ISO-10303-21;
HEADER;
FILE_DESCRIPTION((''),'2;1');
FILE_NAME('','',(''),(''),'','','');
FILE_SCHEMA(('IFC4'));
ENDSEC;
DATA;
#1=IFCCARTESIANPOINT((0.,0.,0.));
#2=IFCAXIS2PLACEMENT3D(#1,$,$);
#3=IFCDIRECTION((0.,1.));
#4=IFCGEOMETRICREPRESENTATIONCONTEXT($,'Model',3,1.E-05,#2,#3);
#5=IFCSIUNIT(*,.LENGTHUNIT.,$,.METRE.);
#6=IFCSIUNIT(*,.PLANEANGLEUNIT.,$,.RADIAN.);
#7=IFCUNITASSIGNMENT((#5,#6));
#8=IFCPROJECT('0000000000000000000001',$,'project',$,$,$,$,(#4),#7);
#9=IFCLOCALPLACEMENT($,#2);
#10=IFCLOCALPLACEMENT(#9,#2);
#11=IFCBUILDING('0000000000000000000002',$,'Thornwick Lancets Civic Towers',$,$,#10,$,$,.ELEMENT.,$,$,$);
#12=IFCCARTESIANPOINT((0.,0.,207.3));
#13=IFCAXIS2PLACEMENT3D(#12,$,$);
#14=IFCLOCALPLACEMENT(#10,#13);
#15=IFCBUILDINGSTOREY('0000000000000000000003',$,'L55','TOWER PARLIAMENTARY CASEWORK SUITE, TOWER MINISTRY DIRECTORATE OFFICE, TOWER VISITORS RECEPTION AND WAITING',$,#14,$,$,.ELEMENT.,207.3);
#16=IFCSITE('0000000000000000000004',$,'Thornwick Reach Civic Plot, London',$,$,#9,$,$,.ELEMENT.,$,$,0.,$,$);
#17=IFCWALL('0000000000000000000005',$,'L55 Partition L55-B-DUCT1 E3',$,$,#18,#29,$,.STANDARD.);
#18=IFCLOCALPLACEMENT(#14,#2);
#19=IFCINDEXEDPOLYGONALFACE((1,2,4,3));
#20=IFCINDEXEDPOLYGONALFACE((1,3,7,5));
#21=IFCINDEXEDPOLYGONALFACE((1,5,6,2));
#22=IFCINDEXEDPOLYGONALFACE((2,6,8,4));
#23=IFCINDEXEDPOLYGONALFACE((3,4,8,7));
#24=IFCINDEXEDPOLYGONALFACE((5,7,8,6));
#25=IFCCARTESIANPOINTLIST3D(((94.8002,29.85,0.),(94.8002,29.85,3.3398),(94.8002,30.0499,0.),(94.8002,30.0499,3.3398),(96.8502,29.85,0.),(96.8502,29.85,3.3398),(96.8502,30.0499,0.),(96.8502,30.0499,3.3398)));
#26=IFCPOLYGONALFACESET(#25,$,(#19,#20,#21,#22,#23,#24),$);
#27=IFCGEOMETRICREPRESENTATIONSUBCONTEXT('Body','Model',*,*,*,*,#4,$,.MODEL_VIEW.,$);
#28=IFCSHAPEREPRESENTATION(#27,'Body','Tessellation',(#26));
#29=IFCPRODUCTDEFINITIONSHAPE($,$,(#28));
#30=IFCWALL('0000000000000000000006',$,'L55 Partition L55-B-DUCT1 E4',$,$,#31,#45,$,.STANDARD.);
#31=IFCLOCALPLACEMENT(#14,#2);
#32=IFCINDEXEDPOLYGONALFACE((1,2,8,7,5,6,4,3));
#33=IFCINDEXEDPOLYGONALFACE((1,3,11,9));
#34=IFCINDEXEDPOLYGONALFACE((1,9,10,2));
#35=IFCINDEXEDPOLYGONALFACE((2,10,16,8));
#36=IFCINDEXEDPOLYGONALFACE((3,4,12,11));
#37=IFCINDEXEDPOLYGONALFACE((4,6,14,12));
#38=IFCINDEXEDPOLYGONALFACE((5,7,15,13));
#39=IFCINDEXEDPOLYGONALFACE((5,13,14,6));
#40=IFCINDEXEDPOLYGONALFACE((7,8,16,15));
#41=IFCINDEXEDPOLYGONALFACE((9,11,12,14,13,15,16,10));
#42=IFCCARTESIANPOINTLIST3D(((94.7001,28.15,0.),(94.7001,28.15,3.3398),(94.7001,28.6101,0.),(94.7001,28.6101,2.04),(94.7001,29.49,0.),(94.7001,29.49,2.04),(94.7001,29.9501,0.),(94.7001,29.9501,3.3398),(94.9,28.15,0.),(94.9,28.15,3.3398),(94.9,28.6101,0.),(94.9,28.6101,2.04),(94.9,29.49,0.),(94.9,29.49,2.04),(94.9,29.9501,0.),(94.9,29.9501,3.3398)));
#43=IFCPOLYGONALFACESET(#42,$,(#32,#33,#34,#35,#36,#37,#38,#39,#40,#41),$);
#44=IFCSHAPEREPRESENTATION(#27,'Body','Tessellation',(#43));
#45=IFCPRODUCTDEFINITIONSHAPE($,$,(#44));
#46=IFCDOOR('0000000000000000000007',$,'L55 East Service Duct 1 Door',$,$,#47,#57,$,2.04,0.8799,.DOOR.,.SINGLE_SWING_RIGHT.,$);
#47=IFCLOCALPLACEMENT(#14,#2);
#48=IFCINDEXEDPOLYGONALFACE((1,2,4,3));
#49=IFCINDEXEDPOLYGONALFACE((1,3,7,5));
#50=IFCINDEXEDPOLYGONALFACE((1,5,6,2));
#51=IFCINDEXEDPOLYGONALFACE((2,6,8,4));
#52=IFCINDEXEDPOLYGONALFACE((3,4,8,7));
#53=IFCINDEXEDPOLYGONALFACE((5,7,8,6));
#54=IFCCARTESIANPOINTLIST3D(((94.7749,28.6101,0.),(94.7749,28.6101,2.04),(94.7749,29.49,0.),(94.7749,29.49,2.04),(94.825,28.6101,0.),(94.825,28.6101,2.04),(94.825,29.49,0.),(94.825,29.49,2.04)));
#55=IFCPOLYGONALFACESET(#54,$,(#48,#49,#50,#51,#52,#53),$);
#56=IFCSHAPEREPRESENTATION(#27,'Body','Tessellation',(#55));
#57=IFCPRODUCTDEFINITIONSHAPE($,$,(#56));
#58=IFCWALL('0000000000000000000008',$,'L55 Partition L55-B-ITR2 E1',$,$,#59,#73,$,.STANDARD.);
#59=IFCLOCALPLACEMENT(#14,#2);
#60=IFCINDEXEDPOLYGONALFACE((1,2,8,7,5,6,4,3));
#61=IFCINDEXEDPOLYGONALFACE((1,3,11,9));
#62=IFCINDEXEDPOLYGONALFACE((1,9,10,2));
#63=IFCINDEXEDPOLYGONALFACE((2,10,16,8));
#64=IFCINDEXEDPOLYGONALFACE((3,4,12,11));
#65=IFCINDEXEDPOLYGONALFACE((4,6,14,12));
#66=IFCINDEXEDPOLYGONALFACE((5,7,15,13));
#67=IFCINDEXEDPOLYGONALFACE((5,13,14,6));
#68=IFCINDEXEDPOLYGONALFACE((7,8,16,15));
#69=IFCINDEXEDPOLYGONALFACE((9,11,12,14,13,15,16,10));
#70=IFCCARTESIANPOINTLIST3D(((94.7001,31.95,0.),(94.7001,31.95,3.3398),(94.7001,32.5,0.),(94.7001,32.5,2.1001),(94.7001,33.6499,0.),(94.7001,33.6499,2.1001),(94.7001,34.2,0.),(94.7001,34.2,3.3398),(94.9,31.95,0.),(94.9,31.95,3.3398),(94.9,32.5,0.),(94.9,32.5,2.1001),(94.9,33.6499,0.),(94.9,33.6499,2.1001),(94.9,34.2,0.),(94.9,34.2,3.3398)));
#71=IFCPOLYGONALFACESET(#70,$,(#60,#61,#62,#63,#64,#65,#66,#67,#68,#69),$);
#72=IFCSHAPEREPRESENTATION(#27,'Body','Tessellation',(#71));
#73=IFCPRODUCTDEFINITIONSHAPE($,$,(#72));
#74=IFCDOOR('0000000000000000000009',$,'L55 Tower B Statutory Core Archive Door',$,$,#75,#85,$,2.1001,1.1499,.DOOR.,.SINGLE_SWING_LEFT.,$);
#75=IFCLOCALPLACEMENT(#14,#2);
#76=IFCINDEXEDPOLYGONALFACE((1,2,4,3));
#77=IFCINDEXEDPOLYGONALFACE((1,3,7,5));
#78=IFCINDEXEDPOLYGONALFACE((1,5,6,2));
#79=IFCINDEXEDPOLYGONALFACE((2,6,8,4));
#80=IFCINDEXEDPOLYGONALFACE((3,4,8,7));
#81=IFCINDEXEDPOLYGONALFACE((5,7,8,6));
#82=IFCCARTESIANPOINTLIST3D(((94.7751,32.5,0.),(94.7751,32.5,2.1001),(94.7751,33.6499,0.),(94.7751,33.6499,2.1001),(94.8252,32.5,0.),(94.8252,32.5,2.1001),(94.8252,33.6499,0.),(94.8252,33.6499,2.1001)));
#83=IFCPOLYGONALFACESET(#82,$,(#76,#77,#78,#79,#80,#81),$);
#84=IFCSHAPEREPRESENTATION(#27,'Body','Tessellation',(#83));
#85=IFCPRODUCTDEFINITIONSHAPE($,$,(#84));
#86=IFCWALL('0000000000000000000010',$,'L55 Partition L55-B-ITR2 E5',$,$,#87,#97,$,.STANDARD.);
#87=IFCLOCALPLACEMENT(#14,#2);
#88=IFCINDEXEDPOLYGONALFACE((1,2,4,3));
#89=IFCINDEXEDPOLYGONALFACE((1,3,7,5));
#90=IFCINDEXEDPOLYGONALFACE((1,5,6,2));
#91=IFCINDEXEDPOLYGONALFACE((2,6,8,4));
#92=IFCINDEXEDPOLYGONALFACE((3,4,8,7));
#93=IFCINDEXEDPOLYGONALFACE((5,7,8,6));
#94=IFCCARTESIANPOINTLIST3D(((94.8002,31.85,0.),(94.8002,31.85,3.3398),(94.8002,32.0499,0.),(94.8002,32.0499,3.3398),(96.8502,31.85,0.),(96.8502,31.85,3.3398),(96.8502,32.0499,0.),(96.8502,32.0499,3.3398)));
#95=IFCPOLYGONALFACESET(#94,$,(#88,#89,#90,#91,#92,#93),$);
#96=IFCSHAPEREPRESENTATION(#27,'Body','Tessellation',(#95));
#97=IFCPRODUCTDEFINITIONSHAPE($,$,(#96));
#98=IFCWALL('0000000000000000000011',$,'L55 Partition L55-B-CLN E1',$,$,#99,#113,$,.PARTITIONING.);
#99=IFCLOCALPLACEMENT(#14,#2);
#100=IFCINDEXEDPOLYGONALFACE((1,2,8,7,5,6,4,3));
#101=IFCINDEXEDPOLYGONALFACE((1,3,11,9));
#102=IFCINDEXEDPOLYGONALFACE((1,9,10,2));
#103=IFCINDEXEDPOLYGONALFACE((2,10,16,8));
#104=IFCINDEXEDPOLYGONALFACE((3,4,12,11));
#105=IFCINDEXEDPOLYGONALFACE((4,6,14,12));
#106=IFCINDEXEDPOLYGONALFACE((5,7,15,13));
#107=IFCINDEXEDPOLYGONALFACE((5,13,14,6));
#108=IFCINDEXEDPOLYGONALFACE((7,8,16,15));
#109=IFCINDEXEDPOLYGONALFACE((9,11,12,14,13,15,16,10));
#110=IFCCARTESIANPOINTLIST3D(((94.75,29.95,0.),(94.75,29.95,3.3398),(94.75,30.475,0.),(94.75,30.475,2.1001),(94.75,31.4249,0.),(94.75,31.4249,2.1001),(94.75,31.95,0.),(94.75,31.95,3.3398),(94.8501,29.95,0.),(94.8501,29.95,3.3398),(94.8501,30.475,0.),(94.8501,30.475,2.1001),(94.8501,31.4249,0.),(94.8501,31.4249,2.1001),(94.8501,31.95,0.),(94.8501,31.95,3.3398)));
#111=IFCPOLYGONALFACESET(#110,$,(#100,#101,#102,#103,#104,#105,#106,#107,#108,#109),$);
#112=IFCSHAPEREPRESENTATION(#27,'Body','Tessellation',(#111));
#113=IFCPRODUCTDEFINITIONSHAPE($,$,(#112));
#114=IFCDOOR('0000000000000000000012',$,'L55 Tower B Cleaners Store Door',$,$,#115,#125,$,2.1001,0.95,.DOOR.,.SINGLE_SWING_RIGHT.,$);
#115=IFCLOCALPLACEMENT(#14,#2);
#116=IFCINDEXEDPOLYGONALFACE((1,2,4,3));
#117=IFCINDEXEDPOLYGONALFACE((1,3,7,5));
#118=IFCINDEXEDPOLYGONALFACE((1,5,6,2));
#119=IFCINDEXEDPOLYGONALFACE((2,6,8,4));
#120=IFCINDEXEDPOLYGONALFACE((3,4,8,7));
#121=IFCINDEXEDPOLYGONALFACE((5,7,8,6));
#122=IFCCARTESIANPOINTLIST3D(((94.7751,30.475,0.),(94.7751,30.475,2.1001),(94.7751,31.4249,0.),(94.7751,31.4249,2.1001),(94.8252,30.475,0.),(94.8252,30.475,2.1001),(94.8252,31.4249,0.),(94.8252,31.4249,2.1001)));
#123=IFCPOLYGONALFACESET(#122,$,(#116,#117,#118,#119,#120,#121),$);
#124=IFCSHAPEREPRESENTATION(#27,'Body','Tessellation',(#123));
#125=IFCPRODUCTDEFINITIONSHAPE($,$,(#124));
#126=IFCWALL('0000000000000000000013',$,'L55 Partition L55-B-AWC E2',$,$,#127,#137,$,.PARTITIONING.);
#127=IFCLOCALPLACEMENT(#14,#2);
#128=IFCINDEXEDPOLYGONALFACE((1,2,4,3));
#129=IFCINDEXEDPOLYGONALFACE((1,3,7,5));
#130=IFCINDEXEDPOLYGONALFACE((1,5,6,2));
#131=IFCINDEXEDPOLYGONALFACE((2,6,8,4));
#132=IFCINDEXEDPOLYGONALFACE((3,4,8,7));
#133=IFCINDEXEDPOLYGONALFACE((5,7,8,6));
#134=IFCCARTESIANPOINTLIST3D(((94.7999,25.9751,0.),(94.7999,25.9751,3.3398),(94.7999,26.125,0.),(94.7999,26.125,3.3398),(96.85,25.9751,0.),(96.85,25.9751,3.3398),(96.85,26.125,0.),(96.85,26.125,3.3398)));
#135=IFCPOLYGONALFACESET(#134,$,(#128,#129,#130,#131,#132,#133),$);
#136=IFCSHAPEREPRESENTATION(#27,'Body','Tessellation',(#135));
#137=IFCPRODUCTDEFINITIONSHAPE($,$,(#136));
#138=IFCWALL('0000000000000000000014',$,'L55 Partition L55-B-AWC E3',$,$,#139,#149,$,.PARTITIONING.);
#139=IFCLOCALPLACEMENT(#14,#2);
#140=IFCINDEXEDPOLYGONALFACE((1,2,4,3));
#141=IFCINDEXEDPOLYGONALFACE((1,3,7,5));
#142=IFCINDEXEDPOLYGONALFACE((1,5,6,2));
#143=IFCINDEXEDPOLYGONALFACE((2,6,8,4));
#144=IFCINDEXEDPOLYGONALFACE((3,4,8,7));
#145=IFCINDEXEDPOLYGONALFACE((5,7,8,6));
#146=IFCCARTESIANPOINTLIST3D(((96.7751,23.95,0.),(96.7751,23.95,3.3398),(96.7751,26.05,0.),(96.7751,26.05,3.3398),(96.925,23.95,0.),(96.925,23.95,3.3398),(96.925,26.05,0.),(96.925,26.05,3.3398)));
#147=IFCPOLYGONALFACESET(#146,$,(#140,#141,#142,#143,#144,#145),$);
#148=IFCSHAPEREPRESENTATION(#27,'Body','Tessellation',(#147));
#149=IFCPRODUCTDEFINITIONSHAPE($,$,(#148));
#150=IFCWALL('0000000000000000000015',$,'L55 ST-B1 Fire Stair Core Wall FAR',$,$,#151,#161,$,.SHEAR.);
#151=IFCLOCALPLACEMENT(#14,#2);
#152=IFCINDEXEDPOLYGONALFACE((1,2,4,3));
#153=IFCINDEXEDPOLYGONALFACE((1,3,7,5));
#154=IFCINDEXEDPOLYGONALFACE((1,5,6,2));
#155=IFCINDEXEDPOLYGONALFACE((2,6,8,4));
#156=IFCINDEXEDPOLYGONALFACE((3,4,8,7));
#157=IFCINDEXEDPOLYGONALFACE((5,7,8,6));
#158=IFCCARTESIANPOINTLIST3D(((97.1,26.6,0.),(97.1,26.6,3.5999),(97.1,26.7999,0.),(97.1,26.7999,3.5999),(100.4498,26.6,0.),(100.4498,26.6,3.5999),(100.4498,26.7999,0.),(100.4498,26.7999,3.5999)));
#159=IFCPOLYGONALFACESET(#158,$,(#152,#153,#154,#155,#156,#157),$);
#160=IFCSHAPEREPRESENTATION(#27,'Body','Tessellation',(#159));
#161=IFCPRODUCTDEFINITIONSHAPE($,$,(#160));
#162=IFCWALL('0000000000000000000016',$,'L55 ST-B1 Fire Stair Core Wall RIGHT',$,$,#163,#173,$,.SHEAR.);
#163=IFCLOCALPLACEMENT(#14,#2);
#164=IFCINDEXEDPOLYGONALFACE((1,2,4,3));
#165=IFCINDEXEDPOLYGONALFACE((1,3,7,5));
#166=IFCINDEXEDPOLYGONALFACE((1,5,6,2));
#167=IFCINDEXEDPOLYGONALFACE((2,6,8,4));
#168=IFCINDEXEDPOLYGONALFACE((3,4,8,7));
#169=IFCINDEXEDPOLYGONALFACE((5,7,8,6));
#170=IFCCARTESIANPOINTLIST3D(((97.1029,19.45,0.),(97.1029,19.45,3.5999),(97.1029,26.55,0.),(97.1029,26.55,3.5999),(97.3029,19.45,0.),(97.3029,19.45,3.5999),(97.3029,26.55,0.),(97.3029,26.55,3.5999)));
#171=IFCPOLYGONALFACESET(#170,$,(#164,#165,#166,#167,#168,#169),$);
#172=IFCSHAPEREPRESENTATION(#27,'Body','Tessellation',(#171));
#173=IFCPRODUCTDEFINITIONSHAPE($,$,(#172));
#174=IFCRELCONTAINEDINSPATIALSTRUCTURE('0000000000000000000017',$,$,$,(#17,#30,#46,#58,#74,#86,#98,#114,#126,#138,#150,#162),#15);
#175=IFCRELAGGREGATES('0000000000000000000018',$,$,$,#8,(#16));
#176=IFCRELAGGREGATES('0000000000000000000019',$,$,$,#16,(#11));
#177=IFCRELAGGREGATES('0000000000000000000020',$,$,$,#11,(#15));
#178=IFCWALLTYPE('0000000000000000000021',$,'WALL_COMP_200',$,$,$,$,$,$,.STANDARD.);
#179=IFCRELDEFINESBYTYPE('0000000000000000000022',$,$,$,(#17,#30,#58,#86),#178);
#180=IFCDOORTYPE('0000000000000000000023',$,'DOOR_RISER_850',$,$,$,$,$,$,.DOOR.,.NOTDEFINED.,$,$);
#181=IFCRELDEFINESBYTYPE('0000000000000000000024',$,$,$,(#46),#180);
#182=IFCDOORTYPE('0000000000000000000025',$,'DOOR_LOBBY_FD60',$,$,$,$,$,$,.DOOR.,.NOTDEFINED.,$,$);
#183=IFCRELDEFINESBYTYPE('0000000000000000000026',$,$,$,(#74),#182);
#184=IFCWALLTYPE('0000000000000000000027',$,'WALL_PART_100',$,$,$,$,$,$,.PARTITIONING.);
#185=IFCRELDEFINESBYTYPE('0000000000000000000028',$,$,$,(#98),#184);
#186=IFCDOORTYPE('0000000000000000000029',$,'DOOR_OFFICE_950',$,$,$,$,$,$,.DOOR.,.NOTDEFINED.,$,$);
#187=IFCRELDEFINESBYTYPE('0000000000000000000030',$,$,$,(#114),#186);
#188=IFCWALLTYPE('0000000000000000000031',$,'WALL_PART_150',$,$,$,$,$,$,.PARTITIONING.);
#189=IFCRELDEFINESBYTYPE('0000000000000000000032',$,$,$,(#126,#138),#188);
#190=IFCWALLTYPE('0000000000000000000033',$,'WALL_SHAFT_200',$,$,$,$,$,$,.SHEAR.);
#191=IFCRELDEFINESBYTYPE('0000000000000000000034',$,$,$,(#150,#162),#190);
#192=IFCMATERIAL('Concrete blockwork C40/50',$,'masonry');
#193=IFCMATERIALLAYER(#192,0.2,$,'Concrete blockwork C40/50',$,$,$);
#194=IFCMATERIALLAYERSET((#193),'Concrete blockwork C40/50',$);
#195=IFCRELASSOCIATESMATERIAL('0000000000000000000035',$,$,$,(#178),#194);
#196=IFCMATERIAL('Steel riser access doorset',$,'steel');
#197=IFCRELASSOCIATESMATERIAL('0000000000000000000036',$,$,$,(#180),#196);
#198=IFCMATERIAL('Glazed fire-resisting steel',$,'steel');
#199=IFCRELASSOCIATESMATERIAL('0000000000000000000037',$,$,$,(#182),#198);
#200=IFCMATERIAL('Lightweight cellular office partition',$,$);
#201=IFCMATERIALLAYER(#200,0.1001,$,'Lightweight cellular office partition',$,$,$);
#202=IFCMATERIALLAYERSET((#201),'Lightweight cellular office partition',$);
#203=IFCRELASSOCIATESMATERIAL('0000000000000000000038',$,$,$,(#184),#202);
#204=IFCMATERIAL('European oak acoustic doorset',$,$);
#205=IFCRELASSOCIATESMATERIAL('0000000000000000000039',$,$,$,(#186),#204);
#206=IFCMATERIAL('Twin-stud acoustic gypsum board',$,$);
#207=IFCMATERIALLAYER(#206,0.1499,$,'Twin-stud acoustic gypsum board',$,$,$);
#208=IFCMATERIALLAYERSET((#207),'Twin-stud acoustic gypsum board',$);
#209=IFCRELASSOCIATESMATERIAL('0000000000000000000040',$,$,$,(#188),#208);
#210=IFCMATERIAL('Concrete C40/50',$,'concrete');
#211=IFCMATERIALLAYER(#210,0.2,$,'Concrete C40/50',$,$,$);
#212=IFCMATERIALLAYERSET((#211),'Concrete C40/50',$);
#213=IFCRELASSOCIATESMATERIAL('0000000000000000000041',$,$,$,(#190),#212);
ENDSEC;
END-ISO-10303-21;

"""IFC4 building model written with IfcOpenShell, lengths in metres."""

from ifc_helpers import new_model, si_unit, direction, frame, frame_2d, origin, place, context, subcontext, project, spatial, rectangle, extrude, material, layer, layer_set, type_object, element, fill, save


model = new_model("IFC4")

# Units and contexts
model_context = context("Model", 3, precision=1e-05, world=origin(), true_north=direction((0.0, 1.0)))
body_context = subcontext(model_context, "Body", "Model", "MODEL_VIEW")
ifc_project = project(units=[si_unit("LENGTHUNIT", "METRE"), si_unit("PLANEANGLEUNIT", "RADIAN")], contexts=[model_context])

# Site, building, storey
site_placement = place(None, origin())
site = spatial("IfcSite", under=ifc_project, at=site_placement, Name="Thornwick Reach Civic Plot, London", CompositionType="ELEMENT", RefElevation=0.0)
building_placement = place(site_placement, origin())
building = spatial("IfcBuilding", under=site, at=building_placement, Name="Thornwick Lancets Civic Towers", CompositionType="ELEMENT")
storey_placement = place(building_placement, frame((0.0, 0.0, 207.3)))
storey = spatial("IfcBuildingStorey", under=building, at=storey_placement, Name="L55", Description="TOWER PARLIAMENTARY CASEWORK SUITE, TOWER MINISTRY DIRECTORATE OFFICE, TOWER VISITORS RECEPTION AND WAITING", CompositionType="ELEMENT", Elevation=207.3)

# Shared definitions
ifc_material_1 = material(Name="Concrete C40/50", Category="concrete")

# Shared definitions
ifc_material_2 = material(Name="Concrete blockwork C40/50", Category="masonry")
ifc_layer_1 = layer(ifc_material_2, 0.2, Name="Concrete blockwork C40/50")
ifc_layer_set_1 = layer_set([ifc_layer_1], Name="Concrete blockwork C40/50")
wall_type_1 = type_object("IfcWallType", Name="WALL_COMP_200", PredefinedType="STANDARD", material=ifc_layer_set_1)

# Wall
wall_1_placement = place(storey_placement, frame((96.8501, 29.95, 0.0), z_axis=(0.0, 0.0, 1.0), x_axis=(-1.0, 0.0, 0.0)))
element("IfcWall", 1, at=wall_1_placement, inside=storey, type_object=wall_type_1, Name="L55 Partition L55-B-DUCT1 E3", PredefinedType="STANDARD", context=body_context, shape_type="SweptSolid", body=[
    extrude(rectangle(XDim=2.05, YDim=0.2, at=frame_2d((1.0249, 0.0))), origin(), (0.0, 0.0, 1.0), 3.3398),
])

# Walls, openings, doors
wall_2_placement = place(storey_placement, frame((94.8, 29.95, 0.0), z_axis=(0.0, 0.0, 1.0), x_axis=(0.0, -1.0, 0.0)))
wall_2 = element("IfcWall", 2, at=wall_2_placement, inside=storey, type_object=wall_type_1, Name="L55 Partition L55-B-DUCT1 E4", PredefinedType="STANDARD", context=body_context, shape_type="SweptSolid", body=[
    extrude(rectangle(XDim=1.8, YDim=0.2, at=frame_2d((0.8999, 0.0))), origin(), (0.0, 0.0, 1.0), 3.3398),
])
opening_1_placement = place(wall_2_placement, frame((0.46, 0.0, 0.0)))
opening_1 = element("IfcOpeningElement", 3, at=opening_1_placement, cuts=wall_2, PredefinedType="OPENING", context=body_context, shape_type="SweptSolid", body=[
    extrude(rectangle(XDim=0.8799, YDim=2.04, at=frame_2d((0.4399, 1.02))), frame((0.0, 0.1099, 0.0), z_axis=(0.0, -1.0, 0.0), x_axis=(1.0, 0.0, 0.0)), (0.0, 0.0, 1.0), 0.22),
])
ifc_material_3 = material(Name="Steel riser access doorset", Category="steel")
door_type_1 = type_object("IfcDoorType", Name="DOOR_RISER_850", OperationType="NOTDEFINED", PredefinedType="DOOR", material=ifc_material_3)
door_1_placement = place(opening_1_placement, origin())
door_1 = element("IfcDoor", 4, at=door_1_placement, inside=storey, type_object=door_type_1, Name="L55 East Service Duct 1 Door", OperationType="SINGLE_SWING_RIGHT", OverallHeight=2.04, OverallWidth=0.8799, PredefinedType="DOOR", context=body_context, shape_type="SweptSolid", body=[
    extrude(rectangle(XDim=0.8799, YDim=2.04, at=frame_2d((0.4399, 1.02))), frame((0.0, 0.0249, 0.0), z_axis=(0.0, -1.0, 0.0), x_axis=(1.0, 0.0, 0.0)), (0.0, 0.0, 1.0), 0.05),
])
fill(opening_1, door_1)
wall_3_placement = place(storey_placement, frame((94.8, 31.95, 0.0), z_axis=(0.0, 0.0, 1.0), x_axis=(0.0, 1.0, 0.0)))
wall_3 = element("IfcWall", 5, at=wall_3_placement, inside=storey, type_object=wall_type_1, Name="L55 Partition L55-B-ITR2 E1", PredefinedType="STANDARD", context=body_context, shape_type="SweptSolid", body=[
    extrude(rectangle(XDim=2.25, YDim=0.2, at=frame_2d((1.125, 0.0))), origin(), (0.0, 0.0, 1.0), 3.3398),
])
opening_2_placement = place(wall_3_placement, frame((0.55, 0.0, 0.0)))
opening_2 = element("IfcOpeningElement", 6, at=opening_2_placement, cuts=wall_3, PredefinedType="OPENING", context=body_context, shape_type="SweptSolid", body=[
    extrude(rectangle(XDim=1.1499, YDim=2.1001, at=frame_2d((0.575, 1.05))), frame((0.0, 0.1099, 0.0), z_axis=(0.0, -1.0, 0.0), x_axis=(1.0, 0.0, 0.0)), (0.0, 0.0, 1.0), 0.22),
])
ifc_material_4 = material(Name="Glazed fire-resisting steel", Category="steel")
door_type_2 = type_object("IfcDoorType", Name="DOOR_LOBBY_FD60", OperationType="NOTDEFINED", PredefinedType="DOOR", material=ifc_material_4)
door_2_placement = place(opening_2_placement, origin())
door_2 = element("IfcDoor", 7, at=door_2_placement, inside=storey, type_object=door_type_2, Name="L55 Tower B Statutory Core Archive Door", OperationType="SINGLE_SWING_LEFT", OverallHeight=2.1001, OverallWidth=1.1499, PredefinedType="DOOR", context=body_context, shape_type="SweptSolid", body=[
    extrude(rectangle(XDim=1.1499, YDim=2.1001, at=frame_2d((0.575, 1.05))), frame((0.0, 0.0249, 0.0), z_axis=(0.0, -1.0, 0.0), x_axis=(1.0, 0.0, 0.0)), (0.0, 0.0, 1.0), 0.05),
])
fill(opening_2, door_2)

# Wall
wall_4_placement = place(storey_placement, frame((96.8501, 31.95, 0.0), z_axis=(0.0, 0.0, 1.0), x_axis=(-1.0, 0.0, 0.0)))
element("IfcWall", 8, at=wall_4_placement, inside=storey, type_object=wall_type_1, Name="L55 Partition L55-B-ITR2 E5", PredefinedType="STANDARD", context=body_context, shape_type="SweptSolid", body=[
    extrude(rectangle(XDim=2.05, YDim=0.2, at=frame_2d((1.0249, 0.0))), origin(), (0.0, 0.0, 1.0), 3.3398),
])

# Wall, opening, door
ifc_material_5 = material(Name="Lightweight cellular office partition")
ifc_layer_2 = layer(ifc_material_5, 0.1001, Name="Lightweight cellular office partition")
ifc_layer_set_2 = layer_set([ifc_layer_2], Name="Lightweight cellular office partition")
wall_type_2 = type_object("IfcWallType", Name="WALL_PART_100", PredefinedType="PARTITIONING", material=ifc_layer_set_2)
wall_5_placement = place(storey_placement, frame((94.8, 29.95, 0.0), z_axis=(0.0, 0.0, 1.0), x_axis=(0.0, 1.0, 0.0)))
wall_5 = element("IfcWall", 9, at=wall_5_placement, inside=storey, type_object=wall_type_2, Name="L55 Partition L55-B-CLN E1", PredefinedType="PARTITIONING", context=body_context, shape_type="SweptSolid", body=[
    extrude(rectangle(XDim=2.0, YDim=0.1001, at=frame_2d((1.0, 0.0))), origin(), (0.0, 0.0, 1.0), 3.3398),
])
opening_3_placement = place(wall_5_placement, frame((0.5249, 0.0, 0.0)))
opening_3 = element("IfcOpeningElement", 10, at=opening_3_placement, cuts=wall_5, PredefinedType="OPENING", context=body_context, shape_type="SweptSolid", body=[
    extrude(rectangle(XDim=0.95, YDim=2.1001, at=frame_2d((0.4751, 1.05))), frame((0.0, 0.0601, 0.0), z_axis=(0.0, -1.0, 0.0), x_axis=(1.0, 0.0, 0.0)), (0.0, 0.0, 1.0), 0.1201),
])
ifc_material_6 = material(Name="European oak acoustic doorset")
door_type_3 = type_object("IfcDoorType", Name="DOOR_OFFICE_950", OperationType="NOTDEFINED", PredefinedType="DOOR", material=ifc_material_6)
door_3_placement = place(opening_3_placement, origin())
door_3 = element("IfcDoor", 11, at=door_3_placement, inside=storey, type_object=door_type_3, Name="L55 Tower B Cleaners Store Door", OperationType="SINGLE_SWING_RIGHT", OverallHeight=2.1001, OverallWidth=0.95, PredefinedType="DOOR", context=body_context, shape_type="SweptSolid", body=[
    extrude(rectangle(XDim=0.95, YDim=2.1001, at=frame_2d((0.4751, 1.05))), frame((0.0, 0.0249, 0.0), z_axis=(0.0, -1.0, 0.0), x_axis=(1.0, 0.0, 0.0)), (0.0, 0.0, 1.0), 0.05),
])
fill(opening_3, door_3)

# Walls
ifc_material_7 = material(Name="Twin-stud acoustic gypsum board")
ifc_layer_3 = layer(ifc_material_7, 0.1499, Name="Twin-stud acoustic gypsum board")
ifc_layer_set_3 = layer_set([ifc_layer_3], Name="Twin-stud acoustic gypsum board")
wall_type_3 = type_object("IfcWallType", Name="WALL_PART_150", PredefinedType="PARTITIONING", material=ifc_layer_set_3)
wall_6_placement = place(storey_placement, frame((94.8, 26.05, 0.0), z_axis=(0.0, 0.0, 1.0), x_axis=(1.0, 0.0, 0.0)))
element("IfcWall", 12, at=wall_6_placement, inside=storey, type_object=wall_type_3, Name="L55 Partition L55-B-AWC E2", PredefinedType="PARTITIONING", context=body_context, shape_type="SweptSolid", body=[
    extrude(rectangle(XDim=2.05, YDim=0.1499, at=frame_2d((1.0249, 0.0))), origin(), (0.0, 0.0, 1.0), 3.3398),
])
wall_7_placement = place(storey_placement, frame((96.8501, 26.05, 0.0), z_axis=(0.0, 0.0, 1.0), x_axis=(0.0, -1.0, 0.0)))
element("IfcWall", 13, at=wall_7_placement, inside=storey, type_object=wall_type_3, Name="L55 Partition L55-B-AWC E3", PredefinedType="PARTITIONING", context=body_context, shape_type="SweptSolid", body=[
    extrude(rectangle(XDim=2.1001, YDim=0.1499, at=frame_2d((1.05, 0.0))), origin(), (0.0, 0.0, 1.0), 3.3398),
])
ifc_layer_4 = layer(ifc_material_1, 0.2, Name="Concrete C40/50")
ifc_layer_set_4 = layer_set([ifc_layer_4], Name="Concrete C40/50")
wall_type_4 = type_object("IfcWallType", Name="WALL_SHAFT_200", PredefinedType="SHEAR", material=ifc_layer_set_4)
wall_8_placement = place(storey_placement, frame((97.1001, 26.7, 0.0), z_axis=(0.0, 0.0, 1.0), x_axis=(1.0, 0.0, 0.0)))
element("IfcWall", 14, at=wall_8_placement, inside=storey, type_object=wall_type_4, Name="L55 ST-B1 Fire Stair Core Wall FAR", PredefinedType="SHEAR", context=body_context, shape_type="SweptSolid", body=[
    extrude(rectangle(XDim=3.3499, YDim=0.2, at=frame_2d((1.6748, 0.0))), origin(), (0.0, 0.0, 1.0), 3.5999),
])
wall_9_placement = place(storey_placement, frame((97.2029, 26.55, 0.0), z_axis=(0.0, 0.0, 1.0), x_axis=(0.0, -1.0, 0.0)))
element("IfcWall", 15, at=wall_9_placement, inside=storey, type_object=wall_type_4, Name="L55 ST-B1 Fire Stair Core Wall RIGHT", PredefinedType="SHEAR", context=body_context, shape_type="SweptSolid", body=[
    extrude(rectangle(XDim=7.1001, YDim=0.2, at=frame_2d((3.55, 0.0))), origin(), (0.0, 0.0, 1.0), 3.5999),
])

save(model, "model.ifc")
